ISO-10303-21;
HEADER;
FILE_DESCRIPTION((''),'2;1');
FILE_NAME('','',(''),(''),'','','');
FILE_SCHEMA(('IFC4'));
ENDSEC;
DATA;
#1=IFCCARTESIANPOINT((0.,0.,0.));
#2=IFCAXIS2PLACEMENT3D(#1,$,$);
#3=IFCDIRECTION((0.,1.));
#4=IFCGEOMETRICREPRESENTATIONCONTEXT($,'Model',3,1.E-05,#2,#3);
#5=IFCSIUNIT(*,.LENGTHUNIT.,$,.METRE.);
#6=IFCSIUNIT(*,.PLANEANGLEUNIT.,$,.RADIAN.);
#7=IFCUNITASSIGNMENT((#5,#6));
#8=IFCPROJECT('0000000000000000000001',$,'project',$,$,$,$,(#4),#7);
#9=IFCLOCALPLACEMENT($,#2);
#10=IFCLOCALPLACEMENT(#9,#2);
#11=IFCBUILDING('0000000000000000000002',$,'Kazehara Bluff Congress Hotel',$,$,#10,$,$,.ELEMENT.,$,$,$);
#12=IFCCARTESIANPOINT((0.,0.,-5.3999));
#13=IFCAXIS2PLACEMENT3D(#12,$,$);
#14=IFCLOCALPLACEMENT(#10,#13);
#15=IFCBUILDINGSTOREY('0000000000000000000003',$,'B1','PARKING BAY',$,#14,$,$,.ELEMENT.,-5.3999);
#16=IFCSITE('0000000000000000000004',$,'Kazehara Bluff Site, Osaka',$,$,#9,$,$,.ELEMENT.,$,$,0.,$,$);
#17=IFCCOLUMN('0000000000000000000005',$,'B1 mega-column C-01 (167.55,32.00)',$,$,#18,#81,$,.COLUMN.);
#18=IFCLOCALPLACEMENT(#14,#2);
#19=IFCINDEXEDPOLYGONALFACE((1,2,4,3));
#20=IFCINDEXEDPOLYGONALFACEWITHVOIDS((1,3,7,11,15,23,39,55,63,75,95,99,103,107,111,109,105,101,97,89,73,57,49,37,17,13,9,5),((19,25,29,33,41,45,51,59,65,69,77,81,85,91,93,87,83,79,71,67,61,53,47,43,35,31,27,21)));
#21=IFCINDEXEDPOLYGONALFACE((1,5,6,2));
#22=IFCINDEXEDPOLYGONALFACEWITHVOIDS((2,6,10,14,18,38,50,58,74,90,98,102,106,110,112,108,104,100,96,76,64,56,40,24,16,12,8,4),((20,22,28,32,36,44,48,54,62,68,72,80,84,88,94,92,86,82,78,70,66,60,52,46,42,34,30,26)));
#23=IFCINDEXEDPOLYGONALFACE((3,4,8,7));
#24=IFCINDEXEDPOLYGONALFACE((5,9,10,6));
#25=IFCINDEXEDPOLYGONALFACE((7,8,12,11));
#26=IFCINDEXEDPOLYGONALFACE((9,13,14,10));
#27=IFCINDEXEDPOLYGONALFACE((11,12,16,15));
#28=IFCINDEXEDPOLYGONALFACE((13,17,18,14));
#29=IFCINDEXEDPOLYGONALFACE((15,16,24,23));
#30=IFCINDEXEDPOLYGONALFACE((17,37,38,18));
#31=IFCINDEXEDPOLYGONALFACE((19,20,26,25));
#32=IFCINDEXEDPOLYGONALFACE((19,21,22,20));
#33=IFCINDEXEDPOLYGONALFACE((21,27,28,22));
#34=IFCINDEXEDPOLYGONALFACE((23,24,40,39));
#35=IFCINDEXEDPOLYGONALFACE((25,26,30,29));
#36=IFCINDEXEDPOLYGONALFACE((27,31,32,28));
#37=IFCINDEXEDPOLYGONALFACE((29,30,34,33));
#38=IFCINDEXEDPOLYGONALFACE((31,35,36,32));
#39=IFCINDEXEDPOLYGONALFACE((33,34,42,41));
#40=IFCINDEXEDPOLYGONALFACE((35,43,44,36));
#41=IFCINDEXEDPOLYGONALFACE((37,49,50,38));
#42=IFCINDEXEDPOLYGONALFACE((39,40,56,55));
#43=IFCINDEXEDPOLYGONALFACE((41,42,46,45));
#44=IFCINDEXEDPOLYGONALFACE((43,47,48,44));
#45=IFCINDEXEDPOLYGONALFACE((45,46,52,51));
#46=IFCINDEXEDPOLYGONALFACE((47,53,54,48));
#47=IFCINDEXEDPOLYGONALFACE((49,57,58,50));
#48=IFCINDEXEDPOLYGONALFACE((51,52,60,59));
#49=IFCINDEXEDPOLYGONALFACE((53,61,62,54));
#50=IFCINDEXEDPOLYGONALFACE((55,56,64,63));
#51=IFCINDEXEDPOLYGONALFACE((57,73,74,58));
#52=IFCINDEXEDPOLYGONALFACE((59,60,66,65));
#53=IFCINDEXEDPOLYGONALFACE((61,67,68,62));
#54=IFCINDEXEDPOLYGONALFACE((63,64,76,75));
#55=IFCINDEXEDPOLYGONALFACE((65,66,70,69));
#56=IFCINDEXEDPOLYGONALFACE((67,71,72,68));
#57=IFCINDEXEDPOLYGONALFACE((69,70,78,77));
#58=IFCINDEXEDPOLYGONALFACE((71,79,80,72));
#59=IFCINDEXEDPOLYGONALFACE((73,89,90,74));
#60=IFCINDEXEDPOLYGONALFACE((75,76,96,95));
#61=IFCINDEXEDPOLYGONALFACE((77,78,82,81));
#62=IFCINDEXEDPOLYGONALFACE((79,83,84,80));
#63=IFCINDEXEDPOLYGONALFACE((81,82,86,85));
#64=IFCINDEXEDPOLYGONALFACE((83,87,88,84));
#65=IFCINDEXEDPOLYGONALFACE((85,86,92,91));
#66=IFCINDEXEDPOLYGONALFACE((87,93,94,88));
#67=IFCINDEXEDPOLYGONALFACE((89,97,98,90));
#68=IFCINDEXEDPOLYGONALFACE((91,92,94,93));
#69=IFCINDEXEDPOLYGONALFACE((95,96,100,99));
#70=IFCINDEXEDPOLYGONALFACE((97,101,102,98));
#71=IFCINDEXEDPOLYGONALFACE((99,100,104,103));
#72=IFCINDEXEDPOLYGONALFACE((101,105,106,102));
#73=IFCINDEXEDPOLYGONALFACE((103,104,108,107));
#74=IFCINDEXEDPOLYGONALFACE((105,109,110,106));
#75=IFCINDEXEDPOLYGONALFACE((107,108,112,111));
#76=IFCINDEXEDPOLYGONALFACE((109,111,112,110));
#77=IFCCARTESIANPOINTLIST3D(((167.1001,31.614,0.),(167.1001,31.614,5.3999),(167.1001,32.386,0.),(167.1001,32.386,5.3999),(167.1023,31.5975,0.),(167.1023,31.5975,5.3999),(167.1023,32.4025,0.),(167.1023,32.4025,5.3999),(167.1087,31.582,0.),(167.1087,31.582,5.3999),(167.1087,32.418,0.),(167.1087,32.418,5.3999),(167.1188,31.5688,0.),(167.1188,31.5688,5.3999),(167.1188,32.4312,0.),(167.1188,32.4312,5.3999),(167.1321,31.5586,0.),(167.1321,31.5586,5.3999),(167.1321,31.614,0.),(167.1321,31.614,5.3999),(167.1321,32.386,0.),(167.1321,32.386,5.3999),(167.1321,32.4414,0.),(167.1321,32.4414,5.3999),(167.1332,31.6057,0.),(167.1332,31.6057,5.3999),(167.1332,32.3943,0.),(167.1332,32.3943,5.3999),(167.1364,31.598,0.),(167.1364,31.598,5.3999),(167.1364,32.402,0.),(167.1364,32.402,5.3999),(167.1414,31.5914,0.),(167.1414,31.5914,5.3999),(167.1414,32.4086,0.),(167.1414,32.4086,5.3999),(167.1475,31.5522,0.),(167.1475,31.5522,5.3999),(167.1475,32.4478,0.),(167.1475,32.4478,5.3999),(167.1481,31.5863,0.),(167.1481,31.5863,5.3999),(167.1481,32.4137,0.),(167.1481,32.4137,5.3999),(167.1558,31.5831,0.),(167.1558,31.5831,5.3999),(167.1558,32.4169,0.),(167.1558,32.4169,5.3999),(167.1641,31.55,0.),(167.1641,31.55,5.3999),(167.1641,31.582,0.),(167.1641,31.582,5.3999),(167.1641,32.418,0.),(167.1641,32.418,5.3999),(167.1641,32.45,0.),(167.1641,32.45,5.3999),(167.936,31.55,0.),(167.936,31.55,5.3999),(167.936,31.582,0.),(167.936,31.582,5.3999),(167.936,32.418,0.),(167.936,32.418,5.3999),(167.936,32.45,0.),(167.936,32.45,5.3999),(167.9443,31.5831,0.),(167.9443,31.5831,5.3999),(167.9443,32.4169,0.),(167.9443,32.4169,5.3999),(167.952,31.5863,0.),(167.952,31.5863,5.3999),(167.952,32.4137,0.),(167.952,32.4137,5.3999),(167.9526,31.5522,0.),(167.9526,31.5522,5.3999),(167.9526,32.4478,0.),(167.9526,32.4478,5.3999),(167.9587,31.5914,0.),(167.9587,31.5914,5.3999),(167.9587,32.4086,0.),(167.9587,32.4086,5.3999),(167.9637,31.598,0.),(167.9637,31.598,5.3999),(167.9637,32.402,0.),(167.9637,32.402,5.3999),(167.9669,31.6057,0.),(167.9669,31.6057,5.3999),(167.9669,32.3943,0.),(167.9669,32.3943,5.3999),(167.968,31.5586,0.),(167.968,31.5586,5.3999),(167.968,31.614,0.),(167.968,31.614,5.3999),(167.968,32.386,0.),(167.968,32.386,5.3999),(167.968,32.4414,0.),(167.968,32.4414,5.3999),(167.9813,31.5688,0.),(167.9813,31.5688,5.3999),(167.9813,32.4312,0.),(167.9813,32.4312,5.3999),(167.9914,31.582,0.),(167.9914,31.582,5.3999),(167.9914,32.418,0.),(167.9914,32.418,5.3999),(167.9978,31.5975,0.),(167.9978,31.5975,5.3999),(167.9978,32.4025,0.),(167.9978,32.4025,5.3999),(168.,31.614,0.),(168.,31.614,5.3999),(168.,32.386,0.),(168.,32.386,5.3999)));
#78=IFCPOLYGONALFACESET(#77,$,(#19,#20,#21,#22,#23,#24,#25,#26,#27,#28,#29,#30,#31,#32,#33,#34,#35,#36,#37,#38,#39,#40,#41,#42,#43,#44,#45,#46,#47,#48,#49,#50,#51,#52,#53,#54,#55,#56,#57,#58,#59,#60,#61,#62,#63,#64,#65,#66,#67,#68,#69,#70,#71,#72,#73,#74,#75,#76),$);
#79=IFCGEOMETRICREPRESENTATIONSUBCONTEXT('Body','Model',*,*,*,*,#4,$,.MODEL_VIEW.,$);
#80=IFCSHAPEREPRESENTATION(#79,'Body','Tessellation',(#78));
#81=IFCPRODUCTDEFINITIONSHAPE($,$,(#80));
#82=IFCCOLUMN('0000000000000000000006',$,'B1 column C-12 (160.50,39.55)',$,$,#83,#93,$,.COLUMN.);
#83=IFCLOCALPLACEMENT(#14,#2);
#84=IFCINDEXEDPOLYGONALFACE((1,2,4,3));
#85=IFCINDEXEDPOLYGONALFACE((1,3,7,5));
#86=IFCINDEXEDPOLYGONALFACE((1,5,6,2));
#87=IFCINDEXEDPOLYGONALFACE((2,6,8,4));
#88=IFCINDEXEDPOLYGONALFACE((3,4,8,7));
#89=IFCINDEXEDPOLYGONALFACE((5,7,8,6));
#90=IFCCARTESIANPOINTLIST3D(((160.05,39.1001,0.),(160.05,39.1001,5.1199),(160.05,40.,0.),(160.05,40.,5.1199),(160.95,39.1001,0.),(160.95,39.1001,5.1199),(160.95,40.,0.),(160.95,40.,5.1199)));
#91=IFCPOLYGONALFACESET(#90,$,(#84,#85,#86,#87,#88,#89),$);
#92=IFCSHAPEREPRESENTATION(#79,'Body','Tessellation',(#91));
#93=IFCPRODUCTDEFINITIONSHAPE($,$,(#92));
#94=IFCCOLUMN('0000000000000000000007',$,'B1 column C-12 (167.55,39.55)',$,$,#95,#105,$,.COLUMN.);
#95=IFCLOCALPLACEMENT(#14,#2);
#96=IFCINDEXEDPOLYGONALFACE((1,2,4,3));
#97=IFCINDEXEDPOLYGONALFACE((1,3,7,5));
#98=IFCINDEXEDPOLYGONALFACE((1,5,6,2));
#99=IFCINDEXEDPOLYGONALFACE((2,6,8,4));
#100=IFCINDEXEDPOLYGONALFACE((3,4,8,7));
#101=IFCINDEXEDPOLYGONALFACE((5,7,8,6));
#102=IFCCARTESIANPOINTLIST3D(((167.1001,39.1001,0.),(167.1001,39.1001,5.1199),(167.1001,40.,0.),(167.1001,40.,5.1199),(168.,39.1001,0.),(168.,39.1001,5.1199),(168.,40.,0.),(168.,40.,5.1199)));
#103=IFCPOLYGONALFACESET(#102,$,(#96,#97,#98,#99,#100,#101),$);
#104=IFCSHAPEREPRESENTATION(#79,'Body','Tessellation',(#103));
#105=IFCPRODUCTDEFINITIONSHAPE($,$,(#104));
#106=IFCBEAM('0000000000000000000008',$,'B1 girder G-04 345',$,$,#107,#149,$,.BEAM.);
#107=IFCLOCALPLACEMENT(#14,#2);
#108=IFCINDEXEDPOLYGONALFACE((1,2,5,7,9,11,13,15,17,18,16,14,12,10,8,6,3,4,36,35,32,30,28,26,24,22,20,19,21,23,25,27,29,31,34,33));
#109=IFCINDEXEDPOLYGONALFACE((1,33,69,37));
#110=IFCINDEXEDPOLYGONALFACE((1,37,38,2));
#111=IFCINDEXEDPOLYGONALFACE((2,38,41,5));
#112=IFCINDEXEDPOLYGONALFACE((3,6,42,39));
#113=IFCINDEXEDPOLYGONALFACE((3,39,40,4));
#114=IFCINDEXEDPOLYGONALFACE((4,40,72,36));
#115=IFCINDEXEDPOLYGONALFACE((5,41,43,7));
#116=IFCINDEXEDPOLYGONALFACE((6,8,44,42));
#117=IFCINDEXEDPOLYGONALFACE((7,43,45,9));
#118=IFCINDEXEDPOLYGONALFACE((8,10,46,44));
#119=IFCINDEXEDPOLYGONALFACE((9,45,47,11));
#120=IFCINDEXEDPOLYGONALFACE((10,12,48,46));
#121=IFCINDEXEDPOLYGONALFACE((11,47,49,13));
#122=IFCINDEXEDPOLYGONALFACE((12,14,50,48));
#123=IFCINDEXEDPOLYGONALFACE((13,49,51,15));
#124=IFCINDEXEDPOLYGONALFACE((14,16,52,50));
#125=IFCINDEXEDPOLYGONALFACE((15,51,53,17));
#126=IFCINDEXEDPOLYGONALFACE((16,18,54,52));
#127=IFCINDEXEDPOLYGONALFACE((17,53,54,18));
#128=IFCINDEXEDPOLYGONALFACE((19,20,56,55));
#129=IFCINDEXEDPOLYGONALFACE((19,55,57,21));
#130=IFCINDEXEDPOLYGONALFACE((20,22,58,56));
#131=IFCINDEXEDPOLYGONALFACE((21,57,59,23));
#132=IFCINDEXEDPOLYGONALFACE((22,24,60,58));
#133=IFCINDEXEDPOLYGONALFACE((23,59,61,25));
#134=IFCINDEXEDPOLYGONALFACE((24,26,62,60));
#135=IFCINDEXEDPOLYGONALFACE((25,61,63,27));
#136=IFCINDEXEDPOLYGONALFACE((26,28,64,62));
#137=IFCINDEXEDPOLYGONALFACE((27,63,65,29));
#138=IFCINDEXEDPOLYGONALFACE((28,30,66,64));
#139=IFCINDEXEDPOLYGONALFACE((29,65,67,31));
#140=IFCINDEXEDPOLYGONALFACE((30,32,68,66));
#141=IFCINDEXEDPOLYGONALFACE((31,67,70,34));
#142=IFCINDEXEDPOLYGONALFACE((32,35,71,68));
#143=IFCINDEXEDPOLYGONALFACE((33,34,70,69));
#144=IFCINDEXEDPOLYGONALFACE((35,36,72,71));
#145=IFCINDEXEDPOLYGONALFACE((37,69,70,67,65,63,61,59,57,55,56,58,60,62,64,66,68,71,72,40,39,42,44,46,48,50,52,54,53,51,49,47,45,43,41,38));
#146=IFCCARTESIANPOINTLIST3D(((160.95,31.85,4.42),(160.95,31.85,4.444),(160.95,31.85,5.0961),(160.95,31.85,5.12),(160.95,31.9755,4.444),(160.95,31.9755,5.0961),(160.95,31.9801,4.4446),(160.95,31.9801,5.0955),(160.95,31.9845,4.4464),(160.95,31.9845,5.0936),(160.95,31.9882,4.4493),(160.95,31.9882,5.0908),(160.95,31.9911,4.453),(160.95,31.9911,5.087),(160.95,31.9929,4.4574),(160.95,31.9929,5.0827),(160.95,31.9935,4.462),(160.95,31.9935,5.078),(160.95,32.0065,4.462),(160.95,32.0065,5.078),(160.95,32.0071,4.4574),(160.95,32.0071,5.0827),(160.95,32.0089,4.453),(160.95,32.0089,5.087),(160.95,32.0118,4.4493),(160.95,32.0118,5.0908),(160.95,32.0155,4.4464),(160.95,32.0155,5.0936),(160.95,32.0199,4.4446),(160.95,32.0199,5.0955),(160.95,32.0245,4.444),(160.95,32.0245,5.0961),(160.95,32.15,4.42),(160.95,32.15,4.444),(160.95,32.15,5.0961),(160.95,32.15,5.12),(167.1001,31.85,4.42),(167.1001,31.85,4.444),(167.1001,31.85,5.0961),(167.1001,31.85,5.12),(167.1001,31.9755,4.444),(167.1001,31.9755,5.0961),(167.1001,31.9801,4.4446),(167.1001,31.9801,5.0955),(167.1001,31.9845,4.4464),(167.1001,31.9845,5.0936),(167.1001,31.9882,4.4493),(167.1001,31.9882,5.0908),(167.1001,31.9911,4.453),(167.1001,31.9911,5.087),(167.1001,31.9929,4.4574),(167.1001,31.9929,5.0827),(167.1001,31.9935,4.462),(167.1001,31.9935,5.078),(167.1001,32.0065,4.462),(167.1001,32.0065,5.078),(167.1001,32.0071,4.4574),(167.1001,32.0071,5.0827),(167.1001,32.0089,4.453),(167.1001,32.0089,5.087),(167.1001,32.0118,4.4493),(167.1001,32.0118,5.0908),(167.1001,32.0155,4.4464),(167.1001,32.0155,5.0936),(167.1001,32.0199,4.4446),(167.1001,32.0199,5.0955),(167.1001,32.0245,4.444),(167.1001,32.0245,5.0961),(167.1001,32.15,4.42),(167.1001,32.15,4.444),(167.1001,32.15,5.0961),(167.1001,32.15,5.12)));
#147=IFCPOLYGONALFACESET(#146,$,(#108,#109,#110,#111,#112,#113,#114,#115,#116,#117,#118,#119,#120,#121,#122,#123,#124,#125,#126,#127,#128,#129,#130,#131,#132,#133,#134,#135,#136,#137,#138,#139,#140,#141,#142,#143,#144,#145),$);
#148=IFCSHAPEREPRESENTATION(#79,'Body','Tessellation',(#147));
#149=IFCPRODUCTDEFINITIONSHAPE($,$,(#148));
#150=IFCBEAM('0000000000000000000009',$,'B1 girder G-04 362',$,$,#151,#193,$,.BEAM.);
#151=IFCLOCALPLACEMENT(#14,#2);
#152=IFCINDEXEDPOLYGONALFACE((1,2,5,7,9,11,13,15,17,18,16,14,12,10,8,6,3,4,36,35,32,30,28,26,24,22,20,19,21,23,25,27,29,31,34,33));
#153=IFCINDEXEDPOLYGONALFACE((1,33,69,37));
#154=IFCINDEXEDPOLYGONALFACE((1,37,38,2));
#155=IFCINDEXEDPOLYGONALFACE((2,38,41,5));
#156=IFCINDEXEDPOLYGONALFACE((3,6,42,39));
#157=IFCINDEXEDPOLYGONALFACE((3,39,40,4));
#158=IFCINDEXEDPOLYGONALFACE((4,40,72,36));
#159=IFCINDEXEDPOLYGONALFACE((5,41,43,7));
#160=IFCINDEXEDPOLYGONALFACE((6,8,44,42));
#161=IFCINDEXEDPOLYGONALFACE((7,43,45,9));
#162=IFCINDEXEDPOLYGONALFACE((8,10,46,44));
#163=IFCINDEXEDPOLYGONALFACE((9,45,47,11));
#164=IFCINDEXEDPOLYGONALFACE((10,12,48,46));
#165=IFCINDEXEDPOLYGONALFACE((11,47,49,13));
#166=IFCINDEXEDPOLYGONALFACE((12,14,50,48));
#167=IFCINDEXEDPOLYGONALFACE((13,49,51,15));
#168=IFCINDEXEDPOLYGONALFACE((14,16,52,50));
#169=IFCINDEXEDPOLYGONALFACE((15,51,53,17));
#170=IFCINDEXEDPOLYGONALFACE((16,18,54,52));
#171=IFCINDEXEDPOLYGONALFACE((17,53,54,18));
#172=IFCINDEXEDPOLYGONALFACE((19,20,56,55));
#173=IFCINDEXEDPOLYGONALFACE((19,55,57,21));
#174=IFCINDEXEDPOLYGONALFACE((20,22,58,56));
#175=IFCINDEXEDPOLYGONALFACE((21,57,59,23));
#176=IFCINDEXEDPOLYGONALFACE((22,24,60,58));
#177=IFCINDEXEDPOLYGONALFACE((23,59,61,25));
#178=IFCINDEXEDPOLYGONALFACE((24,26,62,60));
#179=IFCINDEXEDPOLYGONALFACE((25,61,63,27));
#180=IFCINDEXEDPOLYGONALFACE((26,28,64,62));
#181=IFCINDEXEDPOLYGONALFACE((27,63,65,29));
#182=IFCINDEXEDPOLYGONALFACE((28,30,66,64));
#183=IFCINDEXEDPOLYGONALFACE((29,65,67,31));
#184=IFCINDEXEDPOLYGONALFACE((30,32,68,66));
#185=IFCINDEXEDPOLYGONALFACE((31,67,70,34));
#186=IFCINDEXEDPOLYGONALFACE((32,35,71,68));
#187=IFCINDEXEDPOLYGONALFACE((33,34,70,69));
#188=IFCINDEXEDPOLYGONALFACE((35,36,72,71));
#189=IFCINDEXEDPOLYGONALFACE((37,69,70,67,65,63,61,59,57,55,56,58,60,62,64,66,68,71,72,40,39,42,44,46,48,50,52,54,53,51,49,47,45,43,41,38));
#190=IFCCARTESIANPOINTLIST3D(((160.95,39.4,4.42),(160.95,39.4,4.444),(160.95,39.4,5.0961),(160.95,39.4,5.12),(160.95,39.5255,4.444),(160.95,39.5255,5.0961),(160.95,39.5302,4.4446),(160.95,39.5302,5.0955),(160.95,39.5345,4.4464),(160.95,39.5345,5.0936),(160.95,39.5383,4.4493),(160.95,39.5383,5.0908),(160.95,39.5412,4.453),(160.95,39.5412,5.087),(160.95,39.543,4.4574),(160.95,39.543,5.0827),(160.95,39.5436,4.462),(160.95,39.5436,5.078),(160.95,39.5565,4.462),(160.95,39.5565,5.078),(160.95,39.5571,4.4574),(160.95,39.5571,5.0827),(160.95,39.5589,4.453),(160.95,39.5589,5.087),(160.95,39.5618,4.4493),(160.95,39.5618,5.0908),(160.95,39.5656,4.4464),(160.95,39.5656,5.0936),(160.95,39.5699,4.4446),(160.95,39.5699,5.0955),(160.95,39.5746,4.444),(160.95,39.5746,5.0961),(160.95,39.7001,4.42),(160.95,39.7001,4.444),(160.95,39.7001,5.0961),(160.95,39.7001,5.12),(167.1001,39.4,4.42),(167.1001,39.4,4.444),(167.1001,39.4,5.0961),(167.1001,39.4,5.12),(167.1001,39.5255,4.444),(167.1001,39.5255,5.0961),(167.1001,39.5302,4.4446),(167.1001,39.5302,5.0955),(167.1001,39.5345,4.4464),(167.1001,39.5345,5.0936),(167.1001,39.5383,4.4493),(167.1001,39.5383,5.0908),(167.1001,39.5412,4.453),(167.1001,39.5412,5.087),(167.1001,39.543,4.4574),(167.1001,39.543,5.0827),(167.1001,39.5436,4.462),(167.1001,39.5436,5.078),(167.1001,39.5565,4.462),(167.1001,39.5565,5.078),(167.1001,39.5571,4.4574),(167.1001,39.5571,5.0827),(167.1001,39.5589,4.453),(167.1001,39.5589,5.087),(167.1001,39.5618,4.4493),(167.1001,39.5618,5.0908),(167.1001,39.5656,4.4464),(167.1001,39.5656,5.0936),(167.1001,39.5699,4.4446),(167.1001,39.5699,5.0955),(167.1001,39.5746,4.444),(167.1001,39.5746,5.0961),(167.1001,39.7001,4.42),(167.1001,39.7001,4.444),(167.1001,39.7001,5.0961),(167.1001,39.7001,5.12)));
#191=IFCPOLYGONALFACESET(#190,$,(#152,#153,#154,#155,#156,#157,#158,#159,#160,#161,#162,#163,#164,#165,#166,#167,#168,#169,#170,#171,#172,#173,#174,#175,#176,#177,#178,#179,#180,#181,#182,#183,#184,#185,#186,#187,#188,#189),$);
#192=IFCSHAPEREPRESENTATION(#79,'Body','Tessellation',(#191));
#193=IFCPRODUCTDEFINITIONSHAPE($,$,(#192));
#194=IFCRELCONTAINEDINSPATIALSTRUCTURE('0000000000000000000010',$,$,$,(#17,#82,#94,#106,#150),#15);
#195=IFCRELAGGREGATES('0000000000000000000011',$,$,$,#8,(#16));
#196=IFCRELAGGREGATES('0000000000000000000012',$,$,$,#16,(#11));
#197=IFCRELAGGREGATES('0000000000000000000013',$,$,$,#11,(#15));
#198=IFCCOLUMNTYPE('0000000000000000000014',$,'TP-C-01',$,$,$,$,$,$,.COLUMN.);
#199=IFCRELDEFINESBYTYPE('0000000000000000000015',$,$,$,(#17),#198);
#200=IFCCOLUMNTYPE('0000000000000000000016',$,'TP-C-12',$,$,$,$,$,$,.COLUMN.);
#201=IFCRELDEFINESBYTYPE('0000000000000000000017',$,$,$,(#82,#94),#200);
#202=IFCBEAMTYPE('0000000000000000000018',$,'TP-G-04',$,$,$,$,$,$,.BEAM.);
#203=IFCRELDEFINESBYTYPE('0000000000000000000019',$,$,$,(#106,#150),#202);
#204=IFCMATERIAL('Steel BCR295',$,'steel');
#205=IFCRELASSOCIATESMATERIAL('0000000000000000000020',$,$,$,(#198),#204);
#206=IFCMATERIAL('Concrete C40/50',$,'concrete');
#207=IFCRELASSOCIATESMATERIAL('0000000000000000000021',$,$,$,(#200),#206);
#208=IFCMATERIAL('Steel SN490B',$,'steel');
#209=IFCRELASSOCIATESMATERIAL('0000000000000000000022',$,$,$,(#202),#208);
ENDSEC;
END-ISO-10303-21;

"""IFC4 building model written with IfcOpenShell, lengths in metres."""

from ifc_helpers import new_model, si_unit, direction, frame, origin, origin_2d, place, context, subcontext, project, spatial, rectangle, hollow_rectangle, i_section, extrude, material, material_profile, profile_set, type_object, element, save


model = new_model("IFC4")

# Units and contexts
model_context = context("Model", 3, precision=1e-05, world=origin(), true_north=direction((0.0, 1.0)))
body_context = subcontext(model_context, "Body", "Model", "MODEL_VIEW")
ifc_project = project(units=[si_unit("LENGTHUNIT", "METRE"), si_unit("PLANEANGLEUNIT", "RADIAN")], contexts=[model_context])

# Site, building, storey
site_placement = place(None, origin())
site = spatial("IfcSite", under=ifc_project, at=site_placement, Name="Kazehara Bluff Site, Osaka", CompositionType="ELEMENT", RefElevation=0.0)
building_placement = place(site_placement, origin())
building = spatial("IfcBuilding", under=site, at=building_placement, Name="Kazehara Bluff Congress Hotel", CompositionType="ELEMENT")
storey_placement = place(building_placement, frame((0.0, 0.0, -5.3999)))
storey = spatial("IfcBuildingStorey", under=building, at=storey_placement, Name="B1", Description="PARKING BAY", CompositionType="ELEMENT", Elevation=-5.3999)

# Columns
ifc_material_1 = material(Name="Steel BCR295", Category="steel")
ifc_material_profile_1 = material_profile(ifc_material_1, hollow_rectangle(XDim=0.8999, YDim=0.8999, WallThickness=0.032, InnerFilletRadius=0.032, OuterFilletRadius=0.064, at=origin_2d()))
ifc_profile_set_1 = profile_set([ifc_material_profile_1], Name="Steel BCR295")
column_type_1 = type_object("IfcColumnType", Name="TP-C-01", PredefinedType="COLUMN", material=ifc_profile_set_1)
column_placement = place(storey_placement, frame((167.55, 32.0, 0.0), z_axis=(0.0, 0.0, 1.0), x_axis=(1.0, 0.0, 0.0)))
element("IfcColumn", 1, at=column_placement, inside=storey, type_object=column_type_1, Name="B1 mega-column C-01 (167.55,32.00)", PredefinedType="COLUMN", context=body_context, shape_type="SweptSolid", body=[
    extrude(hollow_rectangle(XDim=0.8999, YDim=0.8999, WallThickness=0.032, InnerFilletRadius=0.032, OuterFilletRadius=0.064, at=origin_2d()), origin(), (0.0, 0.0, 1.0), 5.3999),
])
ifc_material_2 = material(Name="Concrete C40/50", Category="concrete")
ifc_material_profile_2 = material_profile(ifc_material_2, rectangle(XDim=0.8999, YDim=0.8999, at=origin_2d()))
ifc_profile_set_2 = profile_set([ifc_material_profile_2], Name="Concrete C40/50")
column_type_2 = type_object("IfcColumnType", Name="TP-C-12", PredefinedType="COLUMN", material=ifc_profile_set_2)
for number, where, z_axis, x_axis, name in (
    (2, (160.5, 39.55, 0.0), (0.0, 0.0, 1.0), (1.0, 0.0, 0.0), "B1 column C-12 (160.50,39.55)"),
    (3, (167.55, 39.55, 0.0), (0.0, 0.0, 1.0), (1.0, 0.0, 0.0), "B1 column C-12 (167.55,39.55)"),
):
    element("IfcColumn", number, at=place(storey_placement, frame(where, z_axis=z_axis, x_axis=x_axis)), inside=storey, type_object=column_type_2, Name=name, PredefinedType="COLUMN", context=body_context, shape_type="SweptSolid", body=[
        extrude(rectangle(XDim=0.8999, YDim=0.8999, at=origin_2d()), origin(), (0.0, 0.0, 1.0), 5.1199),
    ])

# Beams
ifc_material_3 = material(Name="Steel SN490B", Category="steel")
ifc_material_profile_3 = material_profile(ifc_material_3, i_section(OverallWidth=0.3, OverallDepth=0.7, WebThickness=0.0129, FlangeThickness=0.0239, FilletRadius=0.0181, at=origin_2d()))
ifc_profile_set_3 = profile_set([ifc_material_profile_3], Name="Steel SN490B")
beam_type_1 = type_object("IfcBeamType", Name="TP-G-04", PredefinedType="BEAM", material=ifc_profile_set_3)
for number, where, z_axis, x_axis, name in (
    (4, (160.95, 32.0, 4.77), (1.0, 0.0, 0.0), (0.0, 1.0, 0.0), "B1 girder G-04 345"),
    (5, (160.95, 39.55, 4.77), (1.0, 0.0, 0.0), (0.0, 1.0, 0.0), "B1 girder G-04 362"),
):
    element("IfcBeam", number, at=place(storey_placement, frame(where, z_axis=z_axis, x_axis=x_axis)), inside=storey, type_object=beam_type_1, Name=name, PredefinedType="BEAM", context=body_context, shape_type="SweptSolid", body=[
        extrude(i_section(OverallWidth=0.3, OverallDepth=0.7, WebThickness=0.0129, FlangeThickness=0.0239, FilletRadius=0.0181, at=origin_2d()), origin(), (0.0, 0.0, 1.0), 6.1501),
    ])

save(model, "model.ifc")
